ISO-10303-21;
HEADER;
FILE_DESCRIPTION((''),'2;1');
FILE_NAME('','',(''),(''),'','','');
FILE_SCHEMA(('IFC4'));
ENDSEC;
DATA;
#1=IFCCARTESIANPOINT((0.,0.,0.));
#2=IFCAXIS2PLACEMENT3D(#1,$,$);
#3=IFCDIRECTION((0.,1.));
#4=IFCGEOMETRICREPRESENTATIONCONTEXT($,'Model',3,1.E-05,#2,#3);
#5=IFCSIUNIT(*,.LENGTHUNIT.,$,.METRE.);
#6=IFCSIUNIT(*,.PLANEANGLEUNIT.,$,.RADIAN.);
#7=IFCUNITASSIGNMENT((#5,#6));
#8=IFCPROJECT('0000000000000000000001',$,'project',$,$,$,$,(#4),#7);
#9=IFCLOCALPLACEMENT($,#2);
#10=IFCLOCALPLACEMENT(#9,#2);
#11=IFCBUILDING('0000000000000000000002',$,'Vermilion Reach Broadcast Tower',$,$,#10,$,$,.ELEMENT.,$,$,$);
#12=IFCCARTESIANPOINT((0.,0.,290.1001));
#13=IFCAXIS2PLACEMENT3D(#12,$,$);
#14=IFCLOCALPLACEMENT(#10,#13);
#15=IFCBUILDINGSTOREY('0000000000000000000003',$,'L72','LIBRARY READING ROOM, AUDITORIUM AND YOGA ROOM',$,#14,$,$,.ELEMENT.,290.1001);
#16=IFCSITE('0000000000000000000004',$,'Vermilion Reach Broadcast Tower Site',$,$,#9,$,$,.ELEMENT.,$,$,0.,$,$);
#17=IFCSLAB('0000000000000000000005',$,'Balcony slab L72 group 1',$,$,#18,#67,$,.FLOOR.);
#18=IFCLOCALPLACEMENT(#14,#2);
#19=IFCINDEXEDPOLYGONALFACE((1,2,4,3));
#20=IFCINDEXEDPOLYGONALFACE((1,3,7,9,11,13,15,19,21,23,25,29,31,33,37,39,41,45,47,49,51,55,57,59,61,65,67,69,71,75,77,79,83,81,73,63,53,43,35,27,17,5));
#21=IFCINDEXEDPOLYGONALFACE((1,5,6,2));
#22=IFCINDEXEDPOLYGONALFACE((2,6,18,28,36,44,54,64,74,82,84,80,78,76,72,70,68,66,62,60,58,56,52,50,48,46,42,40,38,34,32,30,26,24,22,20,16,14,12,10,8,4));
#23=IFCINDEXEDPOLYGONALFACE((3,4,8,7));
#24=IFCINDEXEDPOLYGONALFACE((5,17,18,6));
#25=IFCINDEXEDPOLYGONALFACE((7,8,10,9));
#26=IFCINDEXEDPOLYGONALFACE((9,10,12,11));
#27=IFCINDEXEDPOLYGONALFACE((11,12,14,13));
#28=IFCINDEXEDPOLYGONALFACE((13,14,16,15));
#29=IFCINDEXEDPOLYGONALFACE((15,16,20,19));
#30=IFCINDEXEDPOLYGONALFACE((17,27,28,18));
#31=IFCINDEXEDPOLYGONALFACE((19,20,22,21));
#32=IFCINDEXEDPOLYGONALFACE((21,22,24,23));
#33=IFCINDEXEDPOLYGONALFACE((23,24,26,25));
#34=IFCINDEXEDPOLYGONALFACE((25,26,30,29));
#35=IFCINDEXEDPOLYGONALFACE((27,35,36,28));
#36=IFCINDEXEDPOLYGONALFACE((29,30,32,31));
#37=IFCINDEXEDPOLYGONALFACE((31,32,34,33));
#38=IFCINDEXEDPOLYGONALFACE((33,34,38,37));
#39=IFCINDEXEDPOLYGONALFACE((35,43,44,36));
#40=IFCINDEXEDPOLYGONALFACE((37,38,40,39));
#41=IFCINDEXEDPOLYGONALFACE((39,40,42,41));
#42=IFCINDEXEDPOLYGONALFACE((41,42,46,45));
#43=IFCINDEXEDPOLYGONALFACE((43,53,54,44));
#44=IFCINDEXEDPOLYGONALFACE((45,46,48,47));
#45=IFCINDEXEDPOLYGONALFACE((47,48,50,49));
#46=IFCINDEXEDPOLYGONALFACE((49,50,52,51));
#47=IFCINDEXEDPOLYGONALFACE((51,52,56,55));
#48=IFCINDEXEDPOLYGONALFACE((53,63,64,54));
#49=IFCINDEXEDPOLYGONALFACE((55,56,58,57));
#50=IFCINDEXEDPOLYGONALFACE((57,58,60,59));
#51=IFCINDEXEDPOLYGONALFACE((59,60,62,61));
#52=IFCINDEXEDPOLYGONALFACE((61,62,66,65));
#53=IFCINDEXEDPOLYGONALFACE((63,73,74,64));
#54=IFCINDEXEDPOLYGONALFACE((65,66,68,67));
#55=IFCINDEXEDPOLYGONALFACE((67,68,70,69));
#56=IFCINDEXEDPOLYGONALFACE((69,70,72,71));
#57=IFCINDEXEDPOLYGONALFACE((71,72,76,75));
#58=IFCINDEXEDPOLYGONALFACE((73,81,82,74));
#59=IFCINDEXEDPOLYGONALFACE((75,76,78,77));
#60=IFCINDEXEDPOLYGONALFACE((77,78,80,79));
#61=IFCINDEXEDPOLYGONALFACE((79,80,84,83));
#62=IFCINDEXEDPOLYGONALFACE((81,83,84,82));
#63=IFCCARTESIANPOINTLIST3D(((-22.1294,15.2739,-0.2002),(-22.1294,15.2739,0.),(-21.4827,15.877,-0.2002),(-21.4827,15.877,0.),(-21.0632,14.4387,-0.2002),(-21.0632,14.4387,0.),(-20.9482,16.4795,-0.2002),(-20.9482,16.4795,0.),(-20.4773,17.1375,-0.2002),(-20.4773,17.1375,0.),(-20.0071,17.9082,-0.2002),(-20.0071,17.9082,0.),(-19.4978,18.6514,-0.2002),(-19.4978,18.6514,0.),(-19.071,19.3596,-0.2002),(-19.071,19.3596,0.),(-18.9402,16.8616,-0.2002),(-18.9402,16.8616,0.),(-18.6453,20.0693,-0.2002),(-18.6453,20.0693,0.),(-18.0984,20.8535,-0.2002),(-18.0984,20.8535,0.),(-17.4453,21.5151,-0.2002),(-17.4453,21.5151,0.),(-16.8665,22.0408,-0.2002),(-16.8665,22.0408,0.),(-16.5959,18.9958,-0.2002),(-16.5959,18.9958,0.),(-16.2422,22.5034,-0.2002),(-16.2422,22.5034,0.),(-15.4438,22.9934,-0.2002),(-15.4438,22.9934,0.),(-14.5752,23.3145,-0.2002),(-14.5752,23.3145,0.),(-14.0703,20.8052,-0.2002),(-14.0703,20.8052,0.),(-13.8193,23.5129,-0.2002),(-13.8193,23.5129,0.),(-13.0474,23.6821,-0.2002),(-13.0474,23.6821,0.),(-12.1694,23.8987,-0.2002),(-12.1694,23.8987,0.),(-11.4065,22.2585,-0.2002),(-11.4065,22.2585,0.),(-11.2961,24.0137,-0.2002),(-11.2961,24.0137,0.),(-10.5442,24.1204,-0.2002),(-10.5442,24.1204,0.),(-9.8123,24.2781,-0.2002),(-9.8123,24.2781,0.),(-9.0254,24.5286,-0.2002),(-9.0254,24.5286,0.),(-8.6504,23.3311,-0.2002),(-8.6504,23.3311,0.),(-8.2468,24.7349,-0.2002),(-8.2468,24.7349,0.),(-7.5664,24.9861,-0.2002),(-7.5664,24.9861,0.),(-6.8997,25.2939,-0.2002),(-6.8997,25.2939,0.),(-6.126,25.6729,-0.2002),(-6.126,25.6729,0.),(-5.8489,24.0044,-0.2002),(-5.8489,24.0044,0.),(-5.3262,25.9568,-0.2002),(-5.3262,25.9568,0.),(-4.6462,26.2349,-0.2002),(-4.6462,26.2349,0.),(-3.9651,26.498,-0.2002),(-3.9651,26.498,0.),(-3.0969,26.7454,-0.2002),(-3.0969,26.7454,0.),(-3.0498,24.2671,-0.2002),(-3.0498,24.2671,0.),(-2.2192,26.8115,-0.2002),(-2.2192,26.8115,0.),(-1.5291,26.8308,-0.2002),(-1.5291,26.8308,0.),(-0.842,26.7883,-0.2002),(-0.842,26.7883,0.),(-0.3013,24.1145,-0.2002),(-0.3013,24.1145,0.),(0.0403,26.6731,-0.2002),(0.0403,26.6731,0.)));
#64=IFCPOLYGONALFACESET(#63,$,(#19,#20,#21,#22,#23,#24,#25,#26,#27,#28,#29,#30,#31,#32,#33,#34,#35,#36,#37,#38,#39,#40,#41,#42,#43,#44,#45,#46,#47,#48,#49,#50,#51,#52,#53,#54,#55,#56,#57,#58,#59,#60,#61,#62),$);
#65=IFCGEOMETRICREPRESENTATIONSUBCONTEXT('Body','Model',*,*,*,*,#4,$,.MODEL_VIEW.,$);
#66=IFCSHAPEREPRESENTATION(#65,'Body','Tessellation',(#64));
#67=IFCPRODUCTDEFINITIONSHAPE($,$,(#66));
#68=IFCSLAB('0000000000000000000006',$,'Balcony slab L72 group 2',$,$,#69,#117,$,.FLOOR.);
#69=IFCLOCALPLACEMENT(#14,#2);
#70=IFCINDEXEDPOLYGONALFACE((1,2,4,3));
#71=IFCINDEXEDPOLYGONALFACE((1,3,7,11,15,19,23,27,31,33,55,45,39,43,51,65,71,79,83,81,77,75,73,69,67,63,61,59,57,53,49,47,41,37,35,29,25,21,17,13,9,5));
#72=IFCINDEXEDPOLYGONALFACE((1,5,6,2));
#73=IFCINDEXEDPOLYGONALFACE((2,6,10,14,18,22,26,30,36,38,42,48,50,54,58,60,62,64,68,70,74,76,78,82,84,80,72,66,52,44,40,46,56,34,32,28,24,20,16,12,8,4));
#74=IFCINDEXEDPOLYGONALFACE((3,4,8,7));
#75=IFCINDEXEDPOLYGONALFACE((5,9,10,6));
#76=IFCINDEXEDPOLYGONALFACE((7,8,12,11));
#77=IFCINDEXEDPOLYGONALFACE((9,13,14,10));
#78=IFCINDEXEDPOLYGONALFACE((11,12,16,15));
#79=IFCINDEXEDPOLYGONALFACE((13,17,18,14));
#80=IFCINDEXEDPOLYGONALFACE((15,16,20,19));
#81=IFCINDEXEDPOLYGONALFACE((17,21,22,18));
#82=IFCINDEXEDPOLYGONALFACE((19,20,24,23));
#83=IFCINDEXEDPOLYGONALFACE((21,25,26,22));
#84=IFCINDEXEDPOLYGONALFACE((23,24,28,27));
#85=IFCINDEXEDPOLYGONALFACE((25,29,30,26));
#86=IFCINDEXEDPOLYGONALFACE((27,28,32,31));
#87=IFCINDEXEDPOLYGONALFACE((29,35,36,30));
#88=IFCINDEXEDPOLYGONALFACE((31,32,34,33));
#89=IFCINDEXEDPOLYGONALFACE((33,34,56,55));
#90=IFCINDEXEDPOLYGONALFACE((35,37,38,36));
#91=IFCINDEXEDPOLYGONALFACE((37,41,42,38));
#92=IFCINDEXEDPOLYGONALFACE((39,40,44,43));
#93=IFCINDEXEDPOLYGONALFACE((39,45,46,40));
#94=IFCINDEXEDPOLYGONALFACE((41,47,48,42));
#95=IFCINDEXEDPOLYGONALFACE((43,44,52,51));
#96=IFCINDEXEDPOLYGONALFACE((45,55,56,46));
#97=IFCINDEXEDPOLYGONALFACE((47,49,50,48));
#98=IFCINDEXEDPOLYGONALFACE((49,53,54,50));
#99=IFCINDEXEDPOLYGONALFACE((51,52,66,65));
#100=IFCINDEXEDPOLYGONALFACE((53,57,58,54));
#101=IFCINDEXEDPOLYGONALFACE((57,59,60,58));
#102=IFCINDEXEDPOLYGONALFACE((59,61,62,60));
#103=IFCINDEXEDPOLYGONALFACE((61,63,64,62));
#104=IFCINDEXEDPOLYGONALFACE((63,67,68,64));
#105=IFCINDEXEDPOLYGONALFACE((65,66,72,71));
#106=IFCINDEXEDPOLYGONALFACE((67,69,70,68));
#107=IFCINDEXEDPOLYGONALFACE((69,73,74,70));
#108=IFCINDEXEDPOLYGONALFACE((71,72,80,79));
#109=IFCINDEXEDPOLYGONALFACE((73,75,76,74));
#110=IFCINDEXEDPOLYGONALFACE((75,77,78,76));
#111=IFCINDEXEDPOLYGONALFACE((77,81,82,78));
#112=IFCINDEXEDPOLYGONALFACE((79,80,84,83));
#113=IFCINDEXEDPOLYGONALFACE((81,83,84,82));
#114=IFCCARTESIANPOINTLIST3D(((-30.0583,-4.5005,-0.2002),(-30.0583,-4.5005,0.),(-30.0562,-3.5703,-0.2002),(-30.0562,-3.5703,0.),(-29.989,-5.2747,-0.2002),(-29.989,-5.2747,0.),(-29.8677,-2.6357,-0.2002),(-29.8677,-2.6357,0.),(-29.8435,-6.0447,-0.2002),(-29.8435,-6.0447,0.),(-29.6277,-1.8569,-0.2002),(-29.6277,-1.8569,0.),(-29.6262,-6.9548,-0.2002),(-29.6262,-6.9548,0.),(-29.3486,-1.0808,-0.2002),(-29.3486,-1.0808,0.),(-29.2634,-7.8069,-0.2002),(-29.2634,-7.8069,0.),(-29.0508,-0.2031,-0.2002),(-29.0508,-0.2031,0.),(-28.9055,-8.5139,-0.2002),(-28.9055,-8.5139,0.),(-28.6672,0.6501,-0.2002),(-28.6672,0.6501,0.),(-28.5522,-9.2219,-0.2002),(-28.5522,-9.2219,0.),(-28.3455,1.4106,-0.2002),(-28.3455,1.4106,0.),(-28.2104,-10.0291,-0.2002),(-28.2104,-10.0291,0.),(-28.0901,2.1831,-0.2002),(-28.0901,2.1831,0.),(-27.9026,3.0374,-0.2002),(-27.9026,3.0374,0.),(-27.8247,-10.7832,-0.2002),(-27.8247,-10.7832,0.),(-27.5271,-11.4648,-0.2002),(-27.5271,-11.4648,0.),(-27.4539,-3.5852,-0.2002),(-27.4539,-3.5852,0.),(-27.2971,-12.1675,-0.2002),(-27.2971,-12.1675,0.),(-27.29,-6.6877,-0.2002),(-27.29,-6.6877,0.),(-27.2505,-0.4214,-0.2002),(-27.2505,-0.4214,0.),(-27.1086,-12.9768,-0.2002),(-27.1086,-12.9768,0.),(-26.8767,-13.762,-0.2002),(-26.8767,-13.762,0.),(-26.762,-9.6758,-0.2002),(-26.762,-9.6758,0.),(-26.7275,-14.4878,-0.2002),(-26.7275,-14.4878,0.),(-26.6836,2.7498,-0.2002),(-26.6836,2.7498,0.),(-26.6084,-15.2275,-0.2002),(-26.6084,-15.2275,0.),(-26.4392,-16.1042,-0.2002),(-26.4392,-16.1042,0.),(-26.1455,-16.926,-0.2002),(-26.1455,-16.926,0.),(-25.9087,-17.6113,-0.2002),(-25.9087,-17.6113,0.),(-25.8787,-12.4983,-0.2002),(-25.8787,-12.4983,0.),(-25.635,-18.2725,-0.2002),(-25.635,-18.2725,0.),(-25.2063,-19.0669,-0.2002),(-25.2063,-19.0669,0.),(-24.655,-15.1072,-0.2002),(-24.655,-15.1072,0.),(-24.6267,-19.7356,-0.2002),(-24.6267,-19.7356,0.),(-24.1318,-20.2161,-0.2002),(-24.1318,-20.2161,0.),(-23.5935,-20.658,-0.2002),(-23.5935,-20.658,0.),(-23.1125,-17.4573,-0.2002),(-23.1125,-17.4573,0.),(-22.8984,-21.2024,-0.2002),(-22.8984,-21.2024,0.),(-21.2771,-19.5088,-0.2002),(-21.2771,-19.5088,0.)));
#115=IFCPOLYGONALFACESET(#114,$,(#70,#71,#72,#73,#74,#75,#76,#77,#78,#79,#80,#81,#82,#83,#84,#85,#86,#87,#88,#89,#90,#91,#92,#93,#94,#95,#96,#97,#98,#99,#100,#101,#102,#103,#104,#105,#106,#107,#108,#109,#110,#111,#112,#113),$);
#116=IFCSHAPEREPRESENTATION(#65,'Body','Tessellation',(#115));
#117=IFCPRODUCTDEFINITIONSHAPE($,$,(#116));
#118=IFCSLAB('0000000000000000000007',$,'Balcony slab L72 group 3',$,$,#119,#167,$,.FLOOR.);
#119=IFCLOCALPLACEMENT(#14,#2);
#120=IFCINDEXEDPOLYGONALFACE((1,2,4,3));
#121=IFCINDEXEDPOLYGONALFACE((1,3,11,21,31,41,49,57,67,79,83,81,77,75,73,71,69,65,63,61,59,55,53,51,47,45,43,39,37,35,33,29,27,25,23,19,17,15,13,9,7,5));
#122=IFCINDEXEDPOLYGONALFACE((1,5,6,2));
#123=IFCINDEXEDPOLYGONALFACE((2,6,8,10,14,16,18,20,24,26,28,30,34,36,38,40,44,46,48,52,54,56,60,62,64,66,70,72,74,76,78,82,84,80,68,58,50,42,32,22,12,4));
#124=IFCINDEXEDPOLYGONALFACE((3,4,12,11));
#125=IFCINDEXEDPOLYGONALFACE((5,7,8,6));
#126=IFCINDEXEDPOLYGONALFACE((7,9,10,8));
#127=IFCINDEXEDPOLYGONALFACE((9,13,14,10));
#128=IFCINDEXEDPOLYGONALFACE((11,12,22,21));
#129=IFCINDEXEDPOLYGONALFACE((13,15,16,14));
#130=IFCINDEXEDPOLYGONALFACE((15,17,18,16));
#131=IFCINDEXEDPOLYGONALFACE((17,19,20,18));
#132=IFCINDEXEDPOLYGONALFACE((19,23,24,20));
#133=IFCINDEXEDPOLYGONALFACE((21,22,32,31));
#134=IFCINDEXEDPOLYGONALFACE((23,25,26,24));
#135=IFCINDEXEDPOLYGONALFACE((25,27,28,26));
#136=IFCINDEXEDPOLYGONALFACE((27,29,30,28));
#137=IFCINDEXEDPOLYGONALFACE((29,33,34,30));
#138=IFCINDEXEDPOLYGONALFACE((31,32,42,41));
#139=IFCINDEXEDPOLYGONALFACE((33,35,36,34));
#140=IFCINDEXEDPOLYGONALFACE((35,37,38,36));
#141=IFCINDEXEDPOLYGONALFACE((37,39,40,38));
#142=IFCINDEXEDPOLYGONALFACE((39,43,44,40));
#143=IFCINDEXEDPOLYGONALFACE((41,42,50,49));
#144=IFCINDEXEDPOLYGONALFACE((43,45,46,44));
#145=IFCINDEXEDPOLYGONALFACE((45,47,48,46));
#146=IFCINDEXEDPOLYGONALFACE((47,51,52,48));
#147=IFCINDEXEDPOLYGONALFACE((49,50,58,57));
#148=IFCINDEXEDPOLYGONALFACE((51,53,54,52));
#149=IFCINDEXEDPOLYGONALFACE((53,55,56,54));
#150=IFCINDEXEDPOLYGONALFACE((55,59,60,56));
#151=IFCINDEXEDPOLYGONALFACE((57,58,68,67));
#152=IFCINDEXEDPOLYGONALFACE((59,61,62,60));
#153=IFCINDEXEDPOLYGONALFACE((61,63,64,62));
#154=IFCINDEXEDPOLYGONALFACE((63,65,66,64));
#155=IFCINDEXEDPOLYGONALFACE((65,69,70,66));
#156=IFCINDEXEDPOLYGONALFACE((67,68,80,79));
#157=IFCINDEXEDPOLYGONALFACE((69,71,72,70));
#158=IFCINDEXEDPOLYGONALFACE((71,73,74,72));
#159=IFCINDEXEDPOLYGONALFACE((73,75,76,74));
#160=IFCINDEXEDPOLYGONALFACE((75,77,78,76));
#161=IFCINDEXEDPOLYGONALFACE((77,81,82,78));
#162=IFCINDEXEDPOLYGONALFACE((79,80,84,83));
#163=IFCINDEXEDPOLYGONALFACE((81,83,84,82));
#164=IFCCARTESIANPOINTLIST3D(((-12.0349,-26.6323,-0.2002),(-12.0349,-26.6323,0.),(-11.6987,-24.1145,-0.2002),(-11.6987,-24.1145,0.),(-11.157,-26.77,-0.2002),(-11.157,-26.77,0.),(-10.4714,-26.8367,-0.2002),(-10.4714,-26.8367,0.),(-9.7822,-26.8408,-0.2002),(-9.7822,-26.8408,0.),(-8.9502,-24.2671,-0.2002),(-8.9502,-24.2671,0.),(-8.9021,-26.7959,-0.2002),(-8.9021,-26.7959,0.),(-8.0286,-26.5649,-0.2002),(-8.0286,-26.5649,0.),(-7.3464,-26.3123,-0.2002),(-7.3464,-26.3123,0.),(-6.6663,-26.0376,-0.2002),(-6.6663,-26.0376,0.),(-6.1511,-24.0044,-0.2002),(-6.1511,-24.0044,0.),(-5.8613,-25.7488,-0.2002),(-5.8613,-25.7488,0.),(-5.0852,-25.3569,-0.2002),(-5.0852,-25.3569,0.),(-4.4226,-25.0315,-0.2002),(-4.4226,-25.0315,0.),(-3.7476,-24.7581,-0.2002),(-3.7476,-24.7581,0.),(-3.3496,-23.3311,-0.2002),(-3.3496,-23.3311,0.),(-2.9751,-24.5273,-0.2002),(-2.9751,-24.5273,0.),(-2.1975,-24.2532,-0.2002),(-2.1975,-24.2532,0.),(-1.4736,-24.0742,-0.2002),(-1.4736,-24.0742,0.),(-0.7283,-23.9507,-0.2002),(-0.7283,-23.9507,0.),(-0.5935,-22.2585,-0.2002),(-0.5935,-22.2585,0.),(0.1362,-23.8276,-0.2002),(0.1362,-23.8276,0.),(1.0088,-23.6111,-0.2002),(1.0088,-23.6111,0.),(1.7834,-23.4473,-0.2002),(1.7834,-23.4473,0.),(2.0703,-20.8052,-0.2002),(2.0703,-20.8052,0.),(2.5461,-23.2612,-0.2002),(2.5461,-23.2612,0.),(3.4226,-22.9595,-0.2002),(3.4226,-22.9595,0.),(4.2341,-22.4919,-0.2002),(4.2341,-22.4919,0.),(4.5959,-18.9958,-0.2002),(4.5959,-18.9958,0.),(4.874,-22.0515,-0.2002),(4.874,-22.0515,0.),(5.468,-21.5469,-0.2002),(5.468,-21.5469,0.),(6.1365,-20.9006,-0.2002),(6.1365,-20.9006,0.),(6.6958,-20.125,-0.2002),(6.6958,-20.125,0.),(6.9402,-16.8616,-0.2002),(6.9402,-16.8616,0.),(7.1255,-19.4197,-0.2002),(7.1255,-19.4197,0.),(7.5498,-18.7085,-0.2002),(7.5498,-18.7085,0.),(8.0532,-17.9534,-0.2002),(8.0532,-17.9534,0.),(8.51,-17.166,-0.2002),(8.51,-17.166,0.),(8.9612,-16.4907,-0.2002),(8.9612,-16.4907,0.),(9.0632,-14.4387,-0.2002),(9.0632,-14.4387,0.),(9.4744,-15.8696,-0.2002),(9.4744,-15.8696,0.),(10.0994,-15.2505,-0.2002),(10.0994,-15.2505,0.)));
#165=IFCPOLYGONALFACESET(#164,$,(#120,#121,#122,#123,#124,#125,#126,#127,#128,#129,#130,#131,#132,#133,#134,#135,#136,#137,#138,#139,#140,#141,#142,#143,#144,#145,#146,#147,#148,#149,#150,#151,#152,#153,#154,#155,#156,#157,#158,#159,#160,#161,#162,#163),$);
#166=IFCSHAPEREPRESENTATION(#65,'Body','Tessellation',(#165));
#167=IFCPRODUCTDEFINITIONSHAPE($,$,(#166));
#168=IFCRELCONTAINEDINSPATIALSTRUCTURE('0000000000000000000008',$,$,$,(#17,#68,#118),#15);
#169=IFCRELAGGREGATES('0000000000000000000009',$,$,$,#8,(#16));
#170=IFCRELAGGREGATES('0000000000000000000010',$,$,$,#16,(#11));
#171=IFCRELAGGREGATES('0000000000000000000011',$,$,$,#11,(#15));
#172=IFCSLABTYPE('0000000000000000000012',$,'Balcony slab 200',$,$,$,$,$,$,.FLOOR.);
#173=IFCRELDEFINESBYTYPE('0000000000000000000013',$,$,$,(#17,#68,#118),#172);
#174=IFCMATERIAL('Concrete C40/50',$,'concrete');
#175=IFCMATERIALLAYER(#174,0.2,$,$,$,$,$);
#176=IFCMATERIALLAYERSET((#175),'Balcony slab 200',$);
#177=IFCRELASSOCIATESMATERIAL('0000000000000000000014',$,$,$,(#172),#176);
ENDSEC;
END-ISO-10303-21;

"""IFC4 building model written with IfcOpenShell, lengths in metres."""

from ifc_helpers import new_model, si_unit, direction, frame, origin, place, context, subcontext, project, spatial, polyline, outline, extrude, material, layer, layer_set, type_object, element, save


model = new_model("IFC4")

# Units and contexts
model_context = context("Model", 3, precision=1e-05, world=origin(), true_north=direction((0.0, 1.0)))
body_context = subcontext(model_context, "Body", "Model", "MODEL_VIEW")
ifc_project = project(units=[si_unit("LENGTHUNIT", "METRE"), si_unit("PLANEANGLEUNIT", "RADIAN")], contexts=[model_context])

# Site, building, storey
site_placement = place(None, origin())
site = spatial("IfcSite", under=ifc_project, at=site_placement, Name="Vermilion Reach Broadcast Tower Site", CompositionType="ELEMENT", RefElevation=0.0)
building_placement = place(site_placement, origin())
building = spatial("IfcBuilding", under=site, at=building_placement, Name="Vermilion Reach Broadcast Tower", CompositionType="ELEMENT")
storey_placement = place(building_placement, frame((0.0, 0.0, 290.1001)))
storey = spatial("IfcBuildingStorey", under=building, at=storey_placement, Name="L72", Description="LIBRARY READING ROOM, AUDITORIUM AND YOGA ROOM", CompositionType="ELEMENT", Elevation=290.1001)

# Slabs
ifc_material_1 = material(Name="Concrete C40/50", Category="concrete")
ifc_layer_1 = layer(ifc_material_1, 0.2)
ifc_layer_set_1 = layer_set([ifc_layer_1], Name="Balcony slab 200")
slab_type_1 = type_object("IfcSlabType", Name="Balcony slab 200", PredefinedType="FLOOR", material=ifc_layer_set_1)
placement_1 = place(storey_placement, frame((0.0, 0.0, -0.2002)))
element("IfcSlab", 1, at=placement_1, inside=storey, type_object=slab_type_1, Name="Balcony slab L72 group 1", PredefinedType="FLOOR", context=body_context, shape_type="SweptSolid", body=[
    extrude(outline(polyline([(-0.3013, 24.1145), (-3.0498, 24.2671), (-5.8489, 24.0044), (-8.6504, 23.3311), (-11.4065, 22.2585), (-14.0703, 20.8052), (-16.5959, 18.9958), (-18.9402, 16.8616), (-21.0632, 14.4387), (-22.1294, 15.2739), (-21.4827, 15.877), (-20.9482, 16.4795), (-20.4773, 17.1375), (-20.0071, 17.9082), (-19.4978, 18.6514), (-19.071, 19.3596), (-18.6453, 20.0693), (-18.0984, 20.8535), (-17.4453, 21.5151), (-16.8665, 22.0408), (-16.2422, 22.5034), (-15.4438, 22.9934), (-14.5752, 23.3145), (-13.8193, 23.5129), (-13.0474, 23.6821), (-12.1694, 23.8987), (-11.2961, 24.0137), (-10.5442, 24.1204), (-9.8123, 24.2781), (-9.0254, 24.5286), (-8.2468, 24.7349), (-7.5664, 24.9861), (-6.8997, 25.2939), (-6.126, 25.6729), (-5.3262, 25.9568), (-4.6462, 26.2349), (-3.9651, 26.498), (-3.0969, 26.7454), (-2.2192, 26.8115), (-1.5291, 26.8308), (-0.842, 26.7883), (0.0403, 26.6731), (-0.3013, 24.1145)])), origin(), (0.0, 0.0, 1.0), 0.2002),
])
element("IfcSlab", 2, at=placement_1, inside=storey, type_object=slab_type_1, Name="Balcony slab L72 group 2", PredefinedType="FLOOR", context=body_context, shape_type="SweptSolid", body=[
    extrude(outline(polyline([(-26.6836, 2.7498), (-27.2505, -0.4214), (-27.4539, -3.5852), (-27.29, -6.6877), (-26.762, -9.6758), (-25.8787, -12.4983), (-24.655, -15.1072), (-23.1125, -17.4573), (-21.2771, -19.5088), (-22.8984, -21.2024), (-23.5935, -20.658), (-24.1318, -20.2161), (-24.6267, -19.7356), (-25.2063, -19.0669), (-25.635, -18.2725), (-25.9087, -17.6113), (-26.1455, -16.926), (-26.4392, -16.1042), (-26.6084, -15.2275), (-26.7275, -14.4878), (-26.8767, -13.762), (-27.1086, -12.9768), (-27.2971, -12.1675), (-27.5271, -11.4648), (-27.8247, -10.7832), (-28.2104, -10.0291), (-28.5522, -9.2219), (-28.9055, -8.5139), (-29.2634, -7.8069), (-29.6262, -6.9548), (-29.8435, -6.0447), (-29.989, -5.2747), (-30.0583, -4.5005), (-30.0562, -3.5703), (-29.8677, -2.6357), (-29.6277, -1.8569), (-29.3486, -1.0808), (-29.0508, -0.2031), (-28.6672, 0.6501), (-28.3455, 1.4106), (-28.0901, 2.1831), (-27.9026, 3.0374), (-26.6836, 2.7498)])), origin(), (0.0, 0.0, 1.0), 0.2002),
])
element("IfcSlab", 3, at=placement_1, inside=storey, type_object=slab_type_1, Name="Balcony slab L72 group 3", PredefinedType="FLOOR", context=body_context, shape_type="SweptSolid", body=[
    extrude(outline(polyline([(-11.6987, -24.1145), (-8.9502, -24.2671), (-6.1511, -24.0044), (-3.3496, -23.3311), (-0.5935, -22.2585), (2.0703, -20.8052), (4.5959, -18.9958), (6.9402, -16.8616), (9.0632, -14.4387), (10.0994, -15.2505), (9.4744, -15.8696), (8.9612, -16.4907), (8.51, -17.166), (8.0532, -17.9534), (7.5498, -18.7085), (7.1255, -19.4197), (6.6958, -20.125), (6.1365, -20.9006), (5.468, -21.5469), (4.874, -22.0515), (4.2341, -22.4919), (3.4226, -22.9595), (2.5461, -23.2612), (1.7834, -23.4473), (1.0088, -23.6111), (0.1362, -23.8276), (-0.7283, -23.9507), (-1.4736, -24.0742), (-2.1975, -24.2532), (-2.9751, -24.5273), (-3.7476, -24.7581), (-4.4226, -25.0315), (-5.0852, -25.3569), (-5.8613, -25.7488), (-6.6663, -26.0376), (-7.3464, -26.3123), (-8.0286, -26.5649), (-8.9021, -26.7959), (-9.7822, -26.8408), (-10.4714, -26.8367), (-11.157, -26.77), (-12.0349, -26.6323), (-11.6987, -24.1145)])), origin(), (0.0, 0.0, 1.0), 0.2002),
])

save(model, "model.ifc")
